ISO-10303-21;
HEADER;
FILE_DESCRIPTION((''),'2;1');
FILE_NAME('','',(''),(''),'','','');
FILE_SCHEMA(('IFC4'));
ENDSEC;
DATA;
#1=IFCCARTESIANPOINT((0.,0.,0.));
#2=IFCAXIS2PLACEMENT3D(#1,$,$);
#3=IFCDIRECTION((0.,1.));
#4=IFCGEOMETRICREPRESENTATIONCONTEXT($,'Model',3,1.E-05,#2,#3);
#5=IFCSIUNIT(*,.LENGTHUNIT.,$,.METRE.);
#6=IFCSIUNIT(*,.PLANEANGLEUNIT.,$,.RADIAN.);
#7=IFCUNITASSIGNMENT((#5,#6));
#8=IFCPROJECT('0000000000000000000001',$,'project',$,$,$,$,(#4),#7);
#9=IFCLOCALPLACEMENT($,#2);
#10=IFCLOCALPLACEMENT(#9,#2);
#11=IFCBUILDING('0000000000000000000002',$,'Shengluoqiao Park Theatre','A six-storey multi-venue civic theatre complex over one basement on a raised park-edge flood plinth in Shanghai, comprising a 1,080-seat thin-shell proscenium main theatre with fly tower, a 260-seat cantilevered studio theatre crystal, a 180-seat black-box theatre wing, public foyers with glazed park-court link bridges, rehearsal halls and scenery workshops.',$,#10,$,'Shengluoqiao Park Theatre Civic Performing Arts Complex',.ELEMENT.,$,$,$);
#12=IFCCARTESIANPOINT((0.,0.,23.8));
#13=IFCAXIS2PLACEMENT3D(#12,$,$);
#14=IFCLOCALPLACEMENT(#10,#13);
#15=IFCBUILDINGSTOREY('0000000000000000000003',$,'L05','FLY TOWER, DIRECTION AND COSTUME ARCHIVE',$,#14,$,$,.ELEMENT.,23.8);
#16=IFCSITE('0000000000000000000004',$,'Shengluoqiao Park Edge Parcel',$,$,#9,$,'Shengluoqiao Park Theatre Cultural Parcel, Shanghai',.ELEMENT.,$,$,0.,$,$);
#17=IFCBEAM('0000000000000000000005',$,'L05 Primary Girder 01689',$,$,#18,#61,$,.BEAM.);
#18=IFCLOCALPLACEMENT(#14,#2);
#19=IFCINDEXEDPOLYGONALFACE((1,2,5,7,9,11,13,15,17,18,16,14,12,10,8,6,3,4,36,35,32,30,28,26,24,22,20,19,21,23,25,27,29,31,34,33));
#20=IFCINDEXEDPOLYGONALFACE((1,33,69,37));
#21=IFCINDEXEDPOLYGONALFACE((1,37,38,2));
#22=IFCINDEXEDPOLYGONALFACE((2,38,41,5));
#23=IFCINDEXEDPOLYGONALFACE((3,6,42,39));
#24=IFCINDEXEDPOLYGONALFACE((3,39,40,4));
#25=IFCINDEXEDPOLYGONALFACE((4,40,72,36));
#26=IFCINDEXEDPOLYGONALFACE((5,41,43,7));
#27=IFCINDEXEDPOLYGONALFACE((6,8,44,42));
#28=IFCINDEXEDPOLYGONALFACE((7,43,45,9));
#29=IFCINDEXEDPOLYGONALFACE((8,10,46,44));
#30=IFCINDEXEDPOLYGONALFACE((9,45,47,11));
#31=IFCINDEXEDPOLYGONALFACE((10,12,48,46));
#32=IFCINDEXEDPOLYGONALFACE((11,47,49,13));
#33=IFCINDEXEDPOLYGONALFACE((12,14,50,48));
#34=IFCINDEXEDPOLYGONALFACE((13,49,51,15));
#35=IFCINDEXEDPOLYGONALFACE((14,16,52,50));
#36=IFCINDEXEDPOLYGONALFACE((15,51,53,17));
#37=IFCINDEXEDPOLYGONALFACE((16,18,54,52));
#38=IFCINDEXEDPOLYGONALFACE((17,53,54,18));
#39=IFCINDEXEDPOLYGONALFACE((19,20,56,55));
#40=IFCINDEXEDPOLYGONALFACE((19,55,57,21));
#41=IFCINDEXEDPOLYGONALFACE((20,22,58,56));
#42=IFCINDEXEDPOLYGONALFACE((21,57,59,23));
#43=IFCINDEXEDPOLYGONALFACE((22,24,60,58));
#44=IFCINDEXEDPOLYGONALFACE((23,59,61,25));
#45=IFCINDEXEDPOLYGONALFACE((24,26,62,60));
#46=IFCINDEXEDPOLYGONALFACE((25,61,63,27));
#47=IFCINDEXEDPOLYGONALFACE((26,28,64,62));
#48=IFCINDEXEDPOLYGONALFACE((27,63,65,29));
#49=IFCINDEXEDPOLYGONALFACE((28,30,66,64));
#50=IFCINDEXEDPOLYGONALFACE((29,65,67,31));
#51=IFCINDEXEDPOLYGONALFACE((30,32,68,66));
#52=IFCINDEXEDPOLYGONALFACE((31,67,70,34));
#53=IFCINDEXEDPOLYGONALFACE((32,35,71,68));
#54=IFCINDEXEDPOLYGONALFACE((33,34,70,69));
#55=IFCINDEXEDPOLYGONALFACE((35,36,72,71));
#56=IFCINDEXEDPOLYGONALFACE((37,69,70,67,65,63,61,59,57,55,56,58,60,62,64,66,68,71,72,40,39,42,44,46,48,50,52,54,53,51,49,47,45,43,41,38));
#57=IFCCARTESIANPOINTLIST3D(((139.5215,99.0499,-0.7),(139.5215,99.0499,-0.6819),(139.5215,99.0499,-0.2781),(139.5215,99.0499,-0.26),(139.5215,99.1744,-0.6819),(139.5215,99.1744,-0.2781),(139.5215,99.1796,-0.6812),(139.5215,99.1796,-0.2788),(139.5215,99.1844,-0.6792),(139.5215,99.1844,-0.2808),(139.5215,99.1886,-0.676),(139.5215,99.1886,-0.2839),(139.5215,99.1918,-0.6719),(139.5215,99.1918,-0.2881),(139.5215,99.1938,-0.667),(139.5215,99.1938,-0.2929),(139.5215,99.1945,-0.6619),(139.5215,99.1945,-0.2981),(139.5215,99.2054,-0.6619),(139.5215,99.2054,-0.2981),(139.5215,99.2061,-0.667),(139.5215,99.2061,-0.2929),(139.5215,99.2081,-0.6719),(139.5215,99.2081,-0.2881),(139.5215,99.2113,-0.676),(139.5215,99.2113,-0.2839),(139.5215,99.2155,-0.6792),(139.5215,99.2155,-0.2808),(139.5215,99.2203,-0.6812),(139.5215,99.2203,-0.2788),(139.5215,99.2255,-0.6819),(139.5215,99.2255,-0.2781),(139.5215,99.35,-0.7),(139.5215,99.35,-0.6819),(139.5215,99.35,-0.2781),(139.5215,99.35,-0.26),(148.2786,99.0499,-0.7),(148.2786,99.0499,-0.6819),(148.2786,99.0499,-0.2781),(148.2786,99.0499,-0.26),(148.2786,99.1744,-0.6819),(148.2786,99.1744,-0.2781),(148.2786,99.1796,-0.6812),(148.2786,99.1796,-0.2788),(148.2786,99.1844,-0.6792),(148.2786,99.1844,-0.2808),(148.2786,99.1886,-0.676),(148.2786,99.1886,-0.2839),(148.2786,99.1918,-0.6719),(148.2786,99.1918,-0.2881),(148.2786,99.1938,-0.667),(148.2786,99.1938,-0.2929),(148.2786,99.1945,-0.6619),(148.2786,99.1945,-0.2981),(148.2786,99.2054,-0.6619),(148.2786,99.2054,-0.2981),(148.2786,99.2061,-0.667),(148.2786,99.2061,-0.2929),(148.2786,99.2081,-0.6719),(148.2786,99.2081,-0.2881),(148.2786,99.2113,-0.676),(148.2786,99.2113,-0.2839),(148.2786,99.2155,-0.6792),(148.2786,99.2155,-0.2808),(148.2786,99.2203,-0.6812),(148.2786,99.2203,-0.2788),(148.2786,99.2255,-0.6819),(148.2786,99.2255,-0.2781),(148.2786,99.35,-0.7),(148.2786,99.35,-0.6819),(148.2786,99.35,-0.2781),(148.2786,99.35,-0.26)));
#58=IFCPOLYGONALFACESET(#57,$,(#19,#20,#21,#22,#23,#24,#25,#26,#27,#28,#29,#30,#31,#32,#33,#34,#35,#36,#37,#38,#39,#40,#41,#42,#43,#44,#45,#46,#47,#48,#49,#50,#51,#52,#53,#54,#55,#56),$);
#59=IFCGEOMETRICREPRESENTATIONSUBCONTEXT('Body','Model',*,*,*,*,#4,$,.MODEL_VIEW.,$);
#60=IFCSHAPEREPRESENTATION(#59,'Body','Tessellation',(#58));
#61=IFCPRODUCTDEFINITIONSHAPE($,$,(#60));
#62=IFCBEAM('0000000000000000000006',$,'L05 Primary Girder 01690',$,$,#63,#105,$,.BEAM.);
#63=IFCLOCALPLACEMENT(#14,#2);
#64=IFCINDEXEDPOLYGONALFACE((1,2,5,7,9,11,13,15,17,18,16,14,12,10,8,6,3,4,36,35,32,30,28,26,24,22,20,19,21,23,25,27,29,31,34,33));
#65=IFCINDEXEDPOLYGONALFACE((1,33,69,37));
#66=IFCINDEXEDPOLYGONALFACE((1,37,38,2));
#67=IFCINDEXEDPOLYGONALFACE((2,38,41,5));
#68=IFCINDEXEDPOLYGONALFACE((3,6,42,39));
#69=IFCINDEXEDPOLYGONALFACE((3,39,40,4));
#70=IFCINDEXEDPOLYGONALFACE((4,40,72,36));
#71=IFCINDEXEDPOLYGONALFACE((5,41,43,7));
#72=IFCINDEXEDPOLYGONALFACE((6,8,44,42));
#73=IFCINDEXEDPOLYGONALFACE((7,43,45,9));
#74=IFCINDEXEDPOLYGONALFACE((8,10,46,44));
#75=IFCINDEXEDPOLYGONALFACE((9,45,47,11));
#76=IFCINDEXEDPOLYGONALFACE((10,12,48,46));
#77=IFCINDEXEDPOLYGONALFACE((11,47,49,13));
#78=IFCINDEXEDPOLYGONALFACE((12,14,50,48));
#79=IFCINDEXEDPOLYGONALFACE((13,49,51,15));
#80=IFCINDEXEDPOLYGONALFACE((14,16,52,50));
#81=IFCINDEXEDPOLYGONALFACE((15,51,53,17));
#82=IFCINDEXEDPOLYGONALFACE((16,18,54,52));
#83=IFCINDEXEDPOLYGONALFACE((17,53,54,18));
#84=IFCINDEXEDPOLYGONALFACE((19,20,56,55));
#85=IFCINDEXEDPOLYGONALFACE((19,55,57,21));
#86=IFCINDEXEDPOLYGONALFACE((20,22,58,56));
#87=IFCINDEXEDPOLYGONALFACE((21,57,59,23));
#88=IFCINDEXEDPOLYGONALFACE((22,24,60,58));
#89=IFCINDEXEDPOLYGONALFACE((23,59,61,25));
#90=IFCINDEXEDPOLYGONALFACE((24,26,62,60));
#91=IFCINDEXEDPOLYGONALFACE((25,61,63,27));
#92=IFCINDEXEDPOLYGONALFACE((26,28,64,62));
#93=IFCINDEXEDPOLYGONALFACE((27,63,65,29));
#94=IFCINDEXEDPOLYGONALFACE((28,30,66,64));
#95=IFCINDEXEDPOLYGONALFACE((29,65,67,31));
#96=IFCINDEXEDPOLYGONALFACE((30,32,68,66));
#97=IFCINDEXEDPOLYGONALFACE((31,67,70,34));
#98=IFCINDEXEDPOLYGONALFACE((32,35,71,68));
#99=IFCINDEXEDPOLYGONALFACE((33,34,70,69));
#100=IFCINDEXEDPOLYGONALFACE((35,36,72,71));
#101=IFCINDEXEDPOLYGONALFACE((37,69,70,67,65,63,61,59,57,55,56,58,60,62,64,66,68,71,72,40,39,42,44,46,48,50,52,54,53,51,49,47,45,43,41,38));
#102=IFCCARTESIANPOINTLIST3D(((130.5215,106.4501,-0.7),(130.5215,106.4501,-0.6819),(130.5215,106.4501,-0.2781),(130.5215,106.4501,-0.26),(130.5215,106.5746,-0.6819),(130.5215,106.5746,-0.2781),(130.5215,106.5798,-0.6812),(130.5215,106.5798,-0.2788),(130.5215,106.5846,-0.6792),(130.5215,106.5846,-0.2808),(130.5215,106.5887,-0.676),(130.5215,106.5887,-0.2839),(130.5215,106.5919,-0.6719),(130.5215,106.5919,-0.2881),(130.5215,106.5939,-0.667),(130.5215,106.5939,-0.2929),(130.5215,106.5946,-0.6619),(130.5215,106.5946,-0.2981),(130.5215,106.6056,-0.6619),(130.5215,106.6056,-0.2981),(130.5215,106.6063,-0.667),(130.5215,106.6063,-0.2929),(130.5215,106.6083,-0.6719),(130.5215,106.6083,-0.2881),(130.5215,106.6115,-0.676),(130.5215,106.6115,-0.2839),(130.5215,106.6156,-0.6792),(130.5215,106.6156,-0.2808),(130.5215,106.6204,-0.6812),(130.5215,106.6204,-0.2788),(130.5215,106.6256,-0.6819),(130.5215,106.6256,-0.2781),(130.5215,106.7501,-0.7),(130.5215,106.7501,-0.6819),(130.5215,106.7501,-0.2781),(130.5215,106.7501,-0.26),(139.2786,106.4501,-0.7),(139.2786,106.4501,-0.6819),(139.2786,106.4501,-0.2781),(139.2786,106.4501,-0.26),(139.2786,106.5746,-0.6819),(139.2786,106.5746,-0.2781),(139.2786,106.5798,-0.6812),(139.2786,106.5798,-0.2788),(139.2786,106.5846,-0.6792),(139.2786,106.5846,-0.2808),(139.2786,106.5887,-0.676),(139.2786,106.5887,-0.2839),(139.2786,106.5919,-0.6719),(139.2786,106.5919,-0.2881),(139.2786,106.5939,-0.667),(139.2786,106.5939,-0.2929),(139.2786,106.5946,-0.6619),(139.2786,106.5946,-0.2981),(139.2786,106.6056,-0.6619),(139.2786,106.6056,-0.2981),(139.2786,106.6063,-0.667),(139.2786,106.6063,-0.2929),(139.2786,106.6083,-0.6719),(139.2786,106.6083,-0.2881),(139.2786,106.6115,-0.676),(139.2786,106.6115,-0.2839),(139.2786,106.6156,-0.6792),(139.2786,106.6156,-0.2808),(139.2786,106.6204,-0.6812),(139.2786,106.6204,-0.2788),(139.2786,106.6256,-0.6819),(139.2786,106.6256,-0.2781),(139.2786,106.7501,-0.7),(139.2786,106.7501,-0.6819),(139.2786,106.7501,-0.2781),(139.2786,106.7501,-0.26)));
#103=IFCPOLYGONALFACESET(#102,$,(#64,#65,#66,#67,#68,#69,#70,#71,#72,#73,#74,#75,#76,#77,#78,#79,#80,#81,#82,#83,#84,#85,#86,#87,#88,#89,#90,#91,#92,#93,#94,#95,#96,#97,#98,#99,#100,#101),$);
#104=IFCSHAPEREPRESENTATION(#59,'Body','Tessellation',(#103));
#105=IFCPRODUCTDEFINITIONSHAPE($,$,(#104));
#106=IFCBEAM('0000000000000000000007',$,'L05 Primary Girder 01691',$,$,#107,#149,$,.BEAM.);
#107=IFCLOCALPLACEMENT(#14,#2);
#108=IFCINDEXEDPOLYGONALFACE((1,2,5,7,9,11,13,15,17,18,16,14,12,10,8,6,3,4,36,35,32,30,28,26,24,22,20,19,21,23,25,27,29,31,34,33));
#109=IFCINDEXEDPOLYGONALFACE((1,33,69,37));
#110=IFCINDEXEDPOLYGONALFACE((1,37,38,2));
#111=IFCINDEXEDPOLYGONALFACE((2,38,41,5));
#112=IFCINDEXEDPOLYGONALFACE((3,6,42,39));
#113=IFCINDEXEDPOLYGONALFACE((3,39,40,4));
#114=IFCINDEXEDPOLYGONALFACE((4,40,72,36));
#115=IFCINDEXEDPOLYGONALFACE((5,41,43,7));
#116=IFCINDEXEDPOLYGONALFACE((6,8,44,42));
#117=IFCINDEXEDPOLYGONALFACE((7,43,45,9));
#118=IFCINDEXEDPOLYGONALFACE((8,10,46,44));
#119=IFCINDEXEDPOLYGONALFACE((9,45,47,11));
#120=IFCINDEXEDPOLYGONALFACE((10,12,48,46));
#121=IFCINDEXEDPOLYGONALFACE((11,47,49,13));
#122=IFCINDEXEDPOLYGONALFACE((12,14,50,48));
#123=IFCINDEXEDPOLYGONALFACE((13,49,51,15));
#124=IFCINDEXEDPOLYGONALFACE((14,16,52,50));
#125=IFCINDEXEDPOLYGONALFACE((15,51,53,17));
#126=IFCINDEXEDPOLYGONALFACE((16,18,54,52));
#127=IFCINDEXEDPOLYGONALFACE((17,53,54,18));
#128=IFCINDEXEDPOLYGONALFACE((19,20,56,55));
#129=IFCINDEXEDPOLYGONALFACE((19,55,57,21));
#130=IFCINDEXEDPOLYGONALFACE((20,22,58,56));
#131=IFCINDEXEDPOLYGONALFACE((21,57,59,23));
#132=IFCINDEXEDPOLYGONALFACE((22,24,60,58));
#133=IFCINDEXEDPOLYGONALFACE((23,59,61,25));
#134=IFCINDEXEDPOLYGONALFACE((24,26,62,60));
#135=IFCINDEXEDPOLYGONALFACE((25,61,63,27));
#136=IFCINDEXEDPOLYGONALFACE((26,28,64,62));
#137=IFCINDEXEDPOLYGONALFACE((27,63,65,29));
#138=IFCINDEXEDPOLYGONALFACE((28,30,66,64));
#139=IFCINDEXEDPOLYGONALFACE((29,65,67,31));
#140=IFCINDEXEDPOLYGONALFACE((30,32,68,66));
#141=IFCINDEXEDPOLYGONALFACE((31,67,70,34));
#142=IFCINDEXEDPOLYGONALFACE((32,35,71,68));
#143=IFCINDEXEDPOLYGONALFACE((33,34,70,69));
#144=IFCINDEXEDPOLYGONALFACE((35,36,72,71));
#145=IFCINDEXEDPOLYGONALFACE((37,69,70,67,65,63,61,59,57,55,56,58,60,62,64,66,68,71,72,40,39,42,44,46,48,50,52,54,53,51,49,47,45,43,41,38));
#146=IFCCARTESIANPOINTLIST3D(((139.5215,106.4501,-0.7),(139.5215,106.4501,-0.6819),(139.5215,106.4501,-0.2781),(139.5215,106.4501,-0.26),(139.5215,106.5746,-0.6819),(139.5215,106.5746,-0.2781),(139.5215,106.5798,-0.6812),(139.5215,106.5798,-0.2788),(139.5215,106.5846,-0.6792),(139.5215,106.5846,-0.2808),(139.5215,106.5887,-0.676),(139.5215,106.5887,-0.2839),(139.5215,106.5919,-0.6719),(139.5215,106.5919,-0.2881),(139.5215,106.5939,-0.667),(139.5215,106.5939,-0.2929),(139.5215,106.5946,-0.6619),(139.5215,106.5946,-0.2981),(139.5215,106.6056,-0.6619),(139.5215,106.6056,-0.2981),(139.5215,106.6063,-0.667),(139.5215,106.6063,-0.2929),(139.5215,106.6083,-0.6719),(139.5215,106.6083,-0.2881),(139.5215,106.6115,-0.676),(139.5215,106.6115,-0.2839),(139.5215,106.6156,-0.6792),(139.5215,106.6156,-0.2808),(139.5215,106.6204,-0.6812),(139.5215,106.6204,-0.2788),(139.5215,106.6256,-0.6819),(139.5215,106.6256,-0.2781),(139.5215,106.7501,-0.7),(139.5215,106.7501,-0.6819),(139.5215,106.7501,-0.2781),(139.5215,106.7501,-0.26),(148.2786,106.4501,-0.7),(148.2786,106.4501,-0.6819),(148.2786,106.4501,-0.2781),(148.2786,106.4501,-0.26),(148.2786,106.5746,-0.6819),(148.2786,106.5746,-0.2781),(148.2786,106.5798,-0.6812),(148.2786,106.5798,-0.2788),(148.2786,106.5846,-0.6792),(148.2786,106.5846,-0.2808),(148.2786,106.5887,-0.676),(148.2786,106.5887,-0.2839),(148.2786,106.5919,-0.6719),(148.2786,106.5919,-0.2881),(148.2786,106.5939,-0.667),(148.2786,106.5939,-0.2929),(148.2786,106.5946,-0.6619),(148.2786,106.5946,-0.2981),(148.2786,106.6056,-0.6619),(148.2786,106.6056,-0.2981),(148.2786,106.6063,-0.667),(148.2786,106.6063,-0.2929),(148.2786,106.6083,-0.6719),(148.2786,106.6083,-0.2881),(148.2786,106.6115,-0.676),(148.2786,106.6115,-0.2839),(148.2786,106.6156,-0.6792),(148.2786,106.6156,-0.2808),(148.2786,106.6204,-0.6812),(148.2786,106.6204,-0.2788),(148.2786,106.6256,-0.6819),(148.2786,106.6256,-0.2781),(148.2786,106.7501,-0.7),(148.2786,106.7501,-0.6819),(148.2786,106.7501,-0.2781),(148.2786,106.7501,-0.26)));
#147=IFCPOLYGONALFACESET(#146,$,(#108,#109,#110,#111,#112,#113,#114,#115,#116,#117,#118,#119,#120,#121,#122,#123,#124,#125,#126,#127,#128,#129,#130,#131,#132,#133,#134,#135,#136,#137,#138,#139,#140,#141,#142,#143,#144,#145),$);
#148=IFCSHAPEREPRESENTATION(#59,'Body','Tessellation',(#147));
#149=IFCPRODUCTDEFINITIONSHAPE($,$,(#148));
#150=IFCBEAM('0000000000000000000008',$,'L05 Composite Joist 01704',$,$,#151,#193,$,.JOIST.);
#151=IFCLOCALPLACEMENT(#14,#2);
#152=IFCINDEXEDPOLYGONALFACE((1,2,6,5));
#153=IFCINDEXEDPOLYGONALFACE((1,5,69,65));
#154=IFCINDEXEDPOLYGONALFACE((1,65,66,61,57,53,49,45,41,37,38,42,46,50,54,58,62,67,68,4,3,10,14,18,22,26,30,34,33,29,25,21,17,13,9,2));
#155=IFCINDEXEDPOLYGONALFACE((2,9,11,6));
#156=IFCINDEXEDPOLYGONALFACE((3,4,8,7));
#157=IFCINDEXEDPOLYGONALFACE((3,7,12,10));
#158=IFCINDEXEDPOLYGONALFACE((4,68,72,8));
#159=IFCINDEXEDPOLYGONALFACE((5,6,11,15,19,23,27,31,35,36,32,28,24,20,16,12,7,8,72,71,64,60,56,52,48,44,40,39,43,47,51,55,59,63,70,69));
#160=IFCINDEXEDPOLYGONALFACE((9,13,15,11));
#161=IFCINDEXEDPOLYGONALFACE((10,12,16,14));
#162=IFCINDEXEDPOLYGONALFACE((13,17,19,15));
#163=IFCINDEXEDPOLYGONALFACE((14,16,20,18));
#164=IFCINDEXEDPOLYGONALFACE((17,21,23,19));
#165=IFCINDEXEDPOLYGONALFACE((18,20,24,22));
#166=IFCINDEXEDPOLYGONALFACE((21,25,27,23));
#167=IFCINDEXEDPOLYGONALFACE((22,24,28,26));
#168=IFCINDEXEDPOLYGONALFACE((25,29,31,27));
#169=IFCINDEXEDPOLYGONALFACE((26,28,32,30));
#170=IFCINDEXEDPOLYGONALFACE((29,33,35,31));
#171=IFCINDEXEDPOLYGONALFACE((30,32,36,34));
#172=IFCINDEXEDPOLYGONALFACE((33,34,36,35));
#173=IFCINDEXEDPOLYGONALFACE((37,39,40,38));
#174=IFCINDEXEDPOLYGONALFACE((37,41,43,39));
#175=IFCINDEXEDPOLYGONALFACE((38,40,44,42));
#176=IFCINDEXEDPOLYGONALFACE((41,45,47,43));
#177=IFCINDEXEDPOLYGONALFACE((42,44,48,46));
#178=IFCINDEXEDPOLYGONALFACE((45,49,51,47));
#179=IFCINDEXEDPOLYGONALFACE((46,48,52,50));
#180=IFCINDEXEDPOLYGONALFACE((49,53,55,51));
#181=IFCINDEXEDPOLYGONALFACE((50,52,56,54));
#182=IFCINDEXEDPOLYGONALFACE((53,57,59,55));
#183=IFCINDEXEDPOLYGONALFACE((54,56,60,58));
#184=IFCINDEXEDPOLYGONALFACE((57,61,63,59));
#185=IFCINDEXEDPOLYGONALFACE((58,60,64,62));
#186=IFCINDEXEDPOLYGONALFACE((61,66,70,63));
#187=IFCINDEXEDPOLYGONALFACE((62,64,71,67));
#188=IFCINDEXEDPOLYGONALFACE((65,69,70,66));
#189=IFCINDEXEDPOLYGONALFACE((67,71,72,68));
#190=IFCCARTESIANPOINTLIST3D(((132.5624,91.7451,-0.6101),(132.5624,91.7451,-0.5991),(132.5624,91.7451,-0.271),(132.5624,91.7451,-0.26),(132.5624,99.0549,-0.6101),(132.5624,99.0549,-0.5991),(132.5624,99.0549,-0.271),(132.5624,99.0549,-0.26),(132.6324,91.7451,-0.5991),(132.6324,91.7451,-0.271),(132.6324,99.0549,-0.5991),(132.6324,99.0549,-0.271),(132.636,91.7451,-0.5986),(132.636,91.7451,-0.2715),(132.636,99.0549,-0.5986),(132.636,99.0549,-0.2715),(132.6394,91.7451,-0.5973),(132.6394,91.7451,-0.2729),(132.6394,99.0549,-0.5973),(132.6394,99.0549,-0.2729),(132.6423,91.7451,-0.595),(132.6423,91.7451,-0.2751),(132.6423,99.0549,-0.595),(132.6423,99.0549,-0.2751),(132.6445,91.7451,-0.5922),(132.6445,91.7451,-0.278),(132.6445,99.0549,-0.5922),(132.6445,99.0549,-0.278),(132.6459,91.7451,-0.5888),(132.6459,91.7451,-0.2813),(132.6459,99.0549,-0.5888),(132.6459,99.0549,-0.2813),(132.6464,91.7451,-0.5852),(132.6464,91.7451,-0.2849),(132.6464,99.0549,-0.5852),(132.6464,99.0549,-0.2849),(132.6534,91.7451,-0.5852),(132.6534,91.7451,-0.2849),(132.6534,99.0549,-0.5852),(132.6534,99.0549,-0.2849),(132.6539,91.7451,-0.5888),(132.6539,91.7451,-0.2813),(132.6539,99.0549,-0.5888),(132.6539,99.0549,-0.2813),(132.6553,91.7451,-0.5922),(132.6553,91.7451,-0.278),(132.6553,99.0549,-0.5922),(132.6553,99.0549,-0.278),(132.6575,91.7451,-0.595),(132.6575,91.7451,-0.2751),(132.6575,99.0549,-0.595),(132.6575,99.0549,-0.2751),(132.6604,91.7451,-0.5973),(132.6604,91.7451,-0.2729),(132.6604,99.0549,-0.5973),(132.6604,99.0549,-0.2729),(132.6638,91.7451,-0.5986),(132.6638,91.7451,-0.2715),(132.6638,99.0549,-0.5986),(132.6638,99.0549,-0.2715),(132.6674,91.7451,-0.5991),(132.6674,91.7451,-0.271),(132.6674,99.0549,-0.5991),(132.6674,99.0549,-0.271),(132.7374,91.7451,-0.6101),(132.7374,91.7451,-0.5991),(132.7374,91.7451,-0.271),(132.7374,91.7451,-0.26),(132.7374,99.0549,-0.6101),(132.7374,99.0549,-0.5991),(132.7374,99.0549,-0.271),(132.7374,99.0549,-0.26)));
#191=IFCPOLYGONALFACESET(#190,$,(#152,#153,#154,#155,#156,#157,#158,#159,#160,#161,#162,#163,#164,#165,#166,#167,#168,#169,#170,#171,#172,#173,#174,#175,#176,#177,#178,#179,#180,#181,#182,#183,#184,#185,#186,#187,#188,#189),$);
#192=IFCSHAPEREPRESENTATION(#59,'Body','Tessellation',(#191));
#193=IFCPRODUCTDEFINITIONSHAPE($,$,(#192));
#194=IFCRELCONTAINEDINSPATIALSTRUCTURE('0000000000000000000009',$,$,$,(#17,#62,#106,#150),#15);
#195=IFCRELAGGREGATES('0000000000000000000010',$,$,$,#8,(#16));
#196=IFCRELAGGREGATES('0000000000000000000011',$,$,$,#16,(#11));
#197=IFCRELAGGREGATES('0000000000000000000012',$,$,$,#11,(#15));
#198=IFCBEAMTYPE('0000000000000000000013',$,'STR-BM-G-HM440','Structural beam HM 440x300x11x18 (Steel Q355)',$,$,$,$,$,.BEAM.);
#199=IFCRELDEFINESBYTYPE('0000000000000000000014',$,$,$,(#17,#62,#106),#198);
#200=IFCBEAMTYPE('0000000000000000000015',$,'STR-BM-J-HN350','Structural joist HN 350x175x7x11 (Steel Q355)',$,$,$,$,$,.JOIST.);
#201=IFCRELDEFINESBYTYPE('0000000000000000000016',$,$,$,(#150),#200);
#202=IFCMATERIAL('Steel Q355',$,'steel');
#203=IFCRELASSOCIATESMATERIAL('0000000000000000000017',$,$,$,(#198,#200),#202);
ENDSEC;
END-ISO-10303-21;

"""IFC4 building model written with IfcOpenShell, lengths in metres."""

from ifc_helpers import new_model, si_unit, direction, frame, origin, origin_2d, place, context, subcontext, project, spatial, i_section, extrude, material, material_profile, profile_set, type_object, element, save


model = new_model("IFC4")

# Units and contexts
model_context = context("Model", 3, precision=1e-05, world=origin(), true_north=direction((0.0, 1.0)))
body_context = subcontext(model_context, "Body", "Model", "MODEL_VIEW")
ifc_project = project(units=[si_unit("LENGTHUNIT", "METRE"), si_unit("PLANEANGLEUNIT", "RADIAN")], contexts=[model_context])

# Site, building, storey
site_placement = place(None, origin())
site = spatial("IfcSite", under=ifc_project, at=site_placement, Name="Shengluoqiao Park Edge Parcel", LongName="Shengluoqiao Park Theatre Cultural Parcel, Shanghai", CompositionType="ELEMENT", RefElevation=0.0)
building_placement = place(site_placement, origin())
building = spatial("IfcBuilding", under=site, at=building_placement, Name="Shengluoqiao Park Theatre", Description="A six-storey multi-venue civic theatre complex over one basement on a raised park-edge flood plinth in Shanghai, comprising a 1,080-seat thin-shell proscenium main theatre with fly tower, a 260-seat cantilevered studio theatre crystal, a 180-seat black-box theatre wing, public foyers with glazed park-court link bridges, rehearsal halls and scenery workshops.", LongName="Shengluoqiao Park Theatre Civic Performing Arts Complex", CompositionType="ELEMENT")
storey_placement = place(building_placement, frame((0.0, 0.0, 23.8)))
storey = spatial("IfcBuildingStorey", under=building, at=storey_placement, Name="L05", Description="FLY TOWER, DIRECTION AND COSTUME ARCHIVE", CompositionType="ELEMENT", Elevation=23.8)

# Shared definitions
ifc_material_1 = material(Name="Steel Q355", Category="steel")

# Beams
ifc_material_profile_1 = material_profile(ifc_material_1, i_section(OverallWidth=0.3, OverallDepth=0.4399, WebThickness=0.011, FlangeThickness=0.0181, FilletRadius=0.02, at=origin_2d()), Name="HM 440x300x11x18")
ifc_profile_set_1 = profile_set([ifc_material_profile_1], Name="Steel Q355")
beam_type_1 = type_object("IfcBeamType", Name="STR-BM-G-HM440", Description="Structural beam HM 440x300x11x18 (Steel Q355)", PredefinedType="BEAM", material=ifc_profile_set_1)
for number, where, z_axis, x_axis, name in (
    (1, (139.5215, 99.2, -0.48), (1.0, 0.0, 0.0), (0.0, 1.0, 0.0), "L05 Primary Girder 01689"),
    (2, (130.5215, 106.6001, -0.48), (1.0, 0.0, 0.0), (0.0, 1.0, 0.0), "L05 Primary Girder 01690"),
    (3, (139.5215, 106.6001, -0.48), (1.0, 0.0, 0.0), (0.0, 1.0, 0.0), "L05 Primary Girder 01691"),
):
    element("IfcBeam", number, at=place(storey_placement, frame(where, z_axis=z_axis, x_axis=x_axis)), inside=storey, type_object=beam_type_1, Name=name, PredefinedType="BEAM", context=body_context, shape_type="SweptSolid", body=[
        extrude(i_section(OverallWidth=0.3, OverallDepth=0.4399, WebThickness=0.011, FlangeThickness=0.0181, FilletRadius=0.02, at=origin_2d()), origin(), (0.0, 0.0, 1.0), 8.7571),
    ])
ifc_material_profile_2 = material_profile(ifc_material_1, i_section(OverallWidth=0.175, OverallDepth=0.3501, WebThickness=0.0071, FlangeThickness=0.011, FilletRadius=0.0139, at=origin_2d()), Name="HN 350x175x7x11")
ifc_profile_set_2 = profile_set([ifc_material_profile_2], Name="Steel Q355")
beam_type_2 = type_object("IfcBeamType", Name="STR-BM-J-HN350", Description="Structural joist HN 350x175x7x11 (Steel Q355)", PredefinedType="JOIST", material=ifc_profile_set_2)
for number, where, z_axis, x_axis, name in (
    (4, (132.6499, 91.7451, -0.4351), (0.0, 1.0, 0.0), (-1.0, 0.0, 0.0), "L05 Composite Joist 01704"),
):
    element("IfcBeam", number, at=place(storey_placement, frame(where, z_axis=z_axis, x_axis=x_axis)), inside=storey, type_object=beam_type_2, Name=name, PredefinedType="JOIST", context=body_context, shape_type="SweptSolid", body=[
        extrude(i_section(OverallWidth=0.175, OverallDepth=0.3501, WebThickness=0.0071, FlangeThickness=0.011, FilletRadius=0.0139, at=origin_2d()), origin(), (0.0, 0.0, 1.0), 7.3098),
    ])

save(model, "model.ifc")
